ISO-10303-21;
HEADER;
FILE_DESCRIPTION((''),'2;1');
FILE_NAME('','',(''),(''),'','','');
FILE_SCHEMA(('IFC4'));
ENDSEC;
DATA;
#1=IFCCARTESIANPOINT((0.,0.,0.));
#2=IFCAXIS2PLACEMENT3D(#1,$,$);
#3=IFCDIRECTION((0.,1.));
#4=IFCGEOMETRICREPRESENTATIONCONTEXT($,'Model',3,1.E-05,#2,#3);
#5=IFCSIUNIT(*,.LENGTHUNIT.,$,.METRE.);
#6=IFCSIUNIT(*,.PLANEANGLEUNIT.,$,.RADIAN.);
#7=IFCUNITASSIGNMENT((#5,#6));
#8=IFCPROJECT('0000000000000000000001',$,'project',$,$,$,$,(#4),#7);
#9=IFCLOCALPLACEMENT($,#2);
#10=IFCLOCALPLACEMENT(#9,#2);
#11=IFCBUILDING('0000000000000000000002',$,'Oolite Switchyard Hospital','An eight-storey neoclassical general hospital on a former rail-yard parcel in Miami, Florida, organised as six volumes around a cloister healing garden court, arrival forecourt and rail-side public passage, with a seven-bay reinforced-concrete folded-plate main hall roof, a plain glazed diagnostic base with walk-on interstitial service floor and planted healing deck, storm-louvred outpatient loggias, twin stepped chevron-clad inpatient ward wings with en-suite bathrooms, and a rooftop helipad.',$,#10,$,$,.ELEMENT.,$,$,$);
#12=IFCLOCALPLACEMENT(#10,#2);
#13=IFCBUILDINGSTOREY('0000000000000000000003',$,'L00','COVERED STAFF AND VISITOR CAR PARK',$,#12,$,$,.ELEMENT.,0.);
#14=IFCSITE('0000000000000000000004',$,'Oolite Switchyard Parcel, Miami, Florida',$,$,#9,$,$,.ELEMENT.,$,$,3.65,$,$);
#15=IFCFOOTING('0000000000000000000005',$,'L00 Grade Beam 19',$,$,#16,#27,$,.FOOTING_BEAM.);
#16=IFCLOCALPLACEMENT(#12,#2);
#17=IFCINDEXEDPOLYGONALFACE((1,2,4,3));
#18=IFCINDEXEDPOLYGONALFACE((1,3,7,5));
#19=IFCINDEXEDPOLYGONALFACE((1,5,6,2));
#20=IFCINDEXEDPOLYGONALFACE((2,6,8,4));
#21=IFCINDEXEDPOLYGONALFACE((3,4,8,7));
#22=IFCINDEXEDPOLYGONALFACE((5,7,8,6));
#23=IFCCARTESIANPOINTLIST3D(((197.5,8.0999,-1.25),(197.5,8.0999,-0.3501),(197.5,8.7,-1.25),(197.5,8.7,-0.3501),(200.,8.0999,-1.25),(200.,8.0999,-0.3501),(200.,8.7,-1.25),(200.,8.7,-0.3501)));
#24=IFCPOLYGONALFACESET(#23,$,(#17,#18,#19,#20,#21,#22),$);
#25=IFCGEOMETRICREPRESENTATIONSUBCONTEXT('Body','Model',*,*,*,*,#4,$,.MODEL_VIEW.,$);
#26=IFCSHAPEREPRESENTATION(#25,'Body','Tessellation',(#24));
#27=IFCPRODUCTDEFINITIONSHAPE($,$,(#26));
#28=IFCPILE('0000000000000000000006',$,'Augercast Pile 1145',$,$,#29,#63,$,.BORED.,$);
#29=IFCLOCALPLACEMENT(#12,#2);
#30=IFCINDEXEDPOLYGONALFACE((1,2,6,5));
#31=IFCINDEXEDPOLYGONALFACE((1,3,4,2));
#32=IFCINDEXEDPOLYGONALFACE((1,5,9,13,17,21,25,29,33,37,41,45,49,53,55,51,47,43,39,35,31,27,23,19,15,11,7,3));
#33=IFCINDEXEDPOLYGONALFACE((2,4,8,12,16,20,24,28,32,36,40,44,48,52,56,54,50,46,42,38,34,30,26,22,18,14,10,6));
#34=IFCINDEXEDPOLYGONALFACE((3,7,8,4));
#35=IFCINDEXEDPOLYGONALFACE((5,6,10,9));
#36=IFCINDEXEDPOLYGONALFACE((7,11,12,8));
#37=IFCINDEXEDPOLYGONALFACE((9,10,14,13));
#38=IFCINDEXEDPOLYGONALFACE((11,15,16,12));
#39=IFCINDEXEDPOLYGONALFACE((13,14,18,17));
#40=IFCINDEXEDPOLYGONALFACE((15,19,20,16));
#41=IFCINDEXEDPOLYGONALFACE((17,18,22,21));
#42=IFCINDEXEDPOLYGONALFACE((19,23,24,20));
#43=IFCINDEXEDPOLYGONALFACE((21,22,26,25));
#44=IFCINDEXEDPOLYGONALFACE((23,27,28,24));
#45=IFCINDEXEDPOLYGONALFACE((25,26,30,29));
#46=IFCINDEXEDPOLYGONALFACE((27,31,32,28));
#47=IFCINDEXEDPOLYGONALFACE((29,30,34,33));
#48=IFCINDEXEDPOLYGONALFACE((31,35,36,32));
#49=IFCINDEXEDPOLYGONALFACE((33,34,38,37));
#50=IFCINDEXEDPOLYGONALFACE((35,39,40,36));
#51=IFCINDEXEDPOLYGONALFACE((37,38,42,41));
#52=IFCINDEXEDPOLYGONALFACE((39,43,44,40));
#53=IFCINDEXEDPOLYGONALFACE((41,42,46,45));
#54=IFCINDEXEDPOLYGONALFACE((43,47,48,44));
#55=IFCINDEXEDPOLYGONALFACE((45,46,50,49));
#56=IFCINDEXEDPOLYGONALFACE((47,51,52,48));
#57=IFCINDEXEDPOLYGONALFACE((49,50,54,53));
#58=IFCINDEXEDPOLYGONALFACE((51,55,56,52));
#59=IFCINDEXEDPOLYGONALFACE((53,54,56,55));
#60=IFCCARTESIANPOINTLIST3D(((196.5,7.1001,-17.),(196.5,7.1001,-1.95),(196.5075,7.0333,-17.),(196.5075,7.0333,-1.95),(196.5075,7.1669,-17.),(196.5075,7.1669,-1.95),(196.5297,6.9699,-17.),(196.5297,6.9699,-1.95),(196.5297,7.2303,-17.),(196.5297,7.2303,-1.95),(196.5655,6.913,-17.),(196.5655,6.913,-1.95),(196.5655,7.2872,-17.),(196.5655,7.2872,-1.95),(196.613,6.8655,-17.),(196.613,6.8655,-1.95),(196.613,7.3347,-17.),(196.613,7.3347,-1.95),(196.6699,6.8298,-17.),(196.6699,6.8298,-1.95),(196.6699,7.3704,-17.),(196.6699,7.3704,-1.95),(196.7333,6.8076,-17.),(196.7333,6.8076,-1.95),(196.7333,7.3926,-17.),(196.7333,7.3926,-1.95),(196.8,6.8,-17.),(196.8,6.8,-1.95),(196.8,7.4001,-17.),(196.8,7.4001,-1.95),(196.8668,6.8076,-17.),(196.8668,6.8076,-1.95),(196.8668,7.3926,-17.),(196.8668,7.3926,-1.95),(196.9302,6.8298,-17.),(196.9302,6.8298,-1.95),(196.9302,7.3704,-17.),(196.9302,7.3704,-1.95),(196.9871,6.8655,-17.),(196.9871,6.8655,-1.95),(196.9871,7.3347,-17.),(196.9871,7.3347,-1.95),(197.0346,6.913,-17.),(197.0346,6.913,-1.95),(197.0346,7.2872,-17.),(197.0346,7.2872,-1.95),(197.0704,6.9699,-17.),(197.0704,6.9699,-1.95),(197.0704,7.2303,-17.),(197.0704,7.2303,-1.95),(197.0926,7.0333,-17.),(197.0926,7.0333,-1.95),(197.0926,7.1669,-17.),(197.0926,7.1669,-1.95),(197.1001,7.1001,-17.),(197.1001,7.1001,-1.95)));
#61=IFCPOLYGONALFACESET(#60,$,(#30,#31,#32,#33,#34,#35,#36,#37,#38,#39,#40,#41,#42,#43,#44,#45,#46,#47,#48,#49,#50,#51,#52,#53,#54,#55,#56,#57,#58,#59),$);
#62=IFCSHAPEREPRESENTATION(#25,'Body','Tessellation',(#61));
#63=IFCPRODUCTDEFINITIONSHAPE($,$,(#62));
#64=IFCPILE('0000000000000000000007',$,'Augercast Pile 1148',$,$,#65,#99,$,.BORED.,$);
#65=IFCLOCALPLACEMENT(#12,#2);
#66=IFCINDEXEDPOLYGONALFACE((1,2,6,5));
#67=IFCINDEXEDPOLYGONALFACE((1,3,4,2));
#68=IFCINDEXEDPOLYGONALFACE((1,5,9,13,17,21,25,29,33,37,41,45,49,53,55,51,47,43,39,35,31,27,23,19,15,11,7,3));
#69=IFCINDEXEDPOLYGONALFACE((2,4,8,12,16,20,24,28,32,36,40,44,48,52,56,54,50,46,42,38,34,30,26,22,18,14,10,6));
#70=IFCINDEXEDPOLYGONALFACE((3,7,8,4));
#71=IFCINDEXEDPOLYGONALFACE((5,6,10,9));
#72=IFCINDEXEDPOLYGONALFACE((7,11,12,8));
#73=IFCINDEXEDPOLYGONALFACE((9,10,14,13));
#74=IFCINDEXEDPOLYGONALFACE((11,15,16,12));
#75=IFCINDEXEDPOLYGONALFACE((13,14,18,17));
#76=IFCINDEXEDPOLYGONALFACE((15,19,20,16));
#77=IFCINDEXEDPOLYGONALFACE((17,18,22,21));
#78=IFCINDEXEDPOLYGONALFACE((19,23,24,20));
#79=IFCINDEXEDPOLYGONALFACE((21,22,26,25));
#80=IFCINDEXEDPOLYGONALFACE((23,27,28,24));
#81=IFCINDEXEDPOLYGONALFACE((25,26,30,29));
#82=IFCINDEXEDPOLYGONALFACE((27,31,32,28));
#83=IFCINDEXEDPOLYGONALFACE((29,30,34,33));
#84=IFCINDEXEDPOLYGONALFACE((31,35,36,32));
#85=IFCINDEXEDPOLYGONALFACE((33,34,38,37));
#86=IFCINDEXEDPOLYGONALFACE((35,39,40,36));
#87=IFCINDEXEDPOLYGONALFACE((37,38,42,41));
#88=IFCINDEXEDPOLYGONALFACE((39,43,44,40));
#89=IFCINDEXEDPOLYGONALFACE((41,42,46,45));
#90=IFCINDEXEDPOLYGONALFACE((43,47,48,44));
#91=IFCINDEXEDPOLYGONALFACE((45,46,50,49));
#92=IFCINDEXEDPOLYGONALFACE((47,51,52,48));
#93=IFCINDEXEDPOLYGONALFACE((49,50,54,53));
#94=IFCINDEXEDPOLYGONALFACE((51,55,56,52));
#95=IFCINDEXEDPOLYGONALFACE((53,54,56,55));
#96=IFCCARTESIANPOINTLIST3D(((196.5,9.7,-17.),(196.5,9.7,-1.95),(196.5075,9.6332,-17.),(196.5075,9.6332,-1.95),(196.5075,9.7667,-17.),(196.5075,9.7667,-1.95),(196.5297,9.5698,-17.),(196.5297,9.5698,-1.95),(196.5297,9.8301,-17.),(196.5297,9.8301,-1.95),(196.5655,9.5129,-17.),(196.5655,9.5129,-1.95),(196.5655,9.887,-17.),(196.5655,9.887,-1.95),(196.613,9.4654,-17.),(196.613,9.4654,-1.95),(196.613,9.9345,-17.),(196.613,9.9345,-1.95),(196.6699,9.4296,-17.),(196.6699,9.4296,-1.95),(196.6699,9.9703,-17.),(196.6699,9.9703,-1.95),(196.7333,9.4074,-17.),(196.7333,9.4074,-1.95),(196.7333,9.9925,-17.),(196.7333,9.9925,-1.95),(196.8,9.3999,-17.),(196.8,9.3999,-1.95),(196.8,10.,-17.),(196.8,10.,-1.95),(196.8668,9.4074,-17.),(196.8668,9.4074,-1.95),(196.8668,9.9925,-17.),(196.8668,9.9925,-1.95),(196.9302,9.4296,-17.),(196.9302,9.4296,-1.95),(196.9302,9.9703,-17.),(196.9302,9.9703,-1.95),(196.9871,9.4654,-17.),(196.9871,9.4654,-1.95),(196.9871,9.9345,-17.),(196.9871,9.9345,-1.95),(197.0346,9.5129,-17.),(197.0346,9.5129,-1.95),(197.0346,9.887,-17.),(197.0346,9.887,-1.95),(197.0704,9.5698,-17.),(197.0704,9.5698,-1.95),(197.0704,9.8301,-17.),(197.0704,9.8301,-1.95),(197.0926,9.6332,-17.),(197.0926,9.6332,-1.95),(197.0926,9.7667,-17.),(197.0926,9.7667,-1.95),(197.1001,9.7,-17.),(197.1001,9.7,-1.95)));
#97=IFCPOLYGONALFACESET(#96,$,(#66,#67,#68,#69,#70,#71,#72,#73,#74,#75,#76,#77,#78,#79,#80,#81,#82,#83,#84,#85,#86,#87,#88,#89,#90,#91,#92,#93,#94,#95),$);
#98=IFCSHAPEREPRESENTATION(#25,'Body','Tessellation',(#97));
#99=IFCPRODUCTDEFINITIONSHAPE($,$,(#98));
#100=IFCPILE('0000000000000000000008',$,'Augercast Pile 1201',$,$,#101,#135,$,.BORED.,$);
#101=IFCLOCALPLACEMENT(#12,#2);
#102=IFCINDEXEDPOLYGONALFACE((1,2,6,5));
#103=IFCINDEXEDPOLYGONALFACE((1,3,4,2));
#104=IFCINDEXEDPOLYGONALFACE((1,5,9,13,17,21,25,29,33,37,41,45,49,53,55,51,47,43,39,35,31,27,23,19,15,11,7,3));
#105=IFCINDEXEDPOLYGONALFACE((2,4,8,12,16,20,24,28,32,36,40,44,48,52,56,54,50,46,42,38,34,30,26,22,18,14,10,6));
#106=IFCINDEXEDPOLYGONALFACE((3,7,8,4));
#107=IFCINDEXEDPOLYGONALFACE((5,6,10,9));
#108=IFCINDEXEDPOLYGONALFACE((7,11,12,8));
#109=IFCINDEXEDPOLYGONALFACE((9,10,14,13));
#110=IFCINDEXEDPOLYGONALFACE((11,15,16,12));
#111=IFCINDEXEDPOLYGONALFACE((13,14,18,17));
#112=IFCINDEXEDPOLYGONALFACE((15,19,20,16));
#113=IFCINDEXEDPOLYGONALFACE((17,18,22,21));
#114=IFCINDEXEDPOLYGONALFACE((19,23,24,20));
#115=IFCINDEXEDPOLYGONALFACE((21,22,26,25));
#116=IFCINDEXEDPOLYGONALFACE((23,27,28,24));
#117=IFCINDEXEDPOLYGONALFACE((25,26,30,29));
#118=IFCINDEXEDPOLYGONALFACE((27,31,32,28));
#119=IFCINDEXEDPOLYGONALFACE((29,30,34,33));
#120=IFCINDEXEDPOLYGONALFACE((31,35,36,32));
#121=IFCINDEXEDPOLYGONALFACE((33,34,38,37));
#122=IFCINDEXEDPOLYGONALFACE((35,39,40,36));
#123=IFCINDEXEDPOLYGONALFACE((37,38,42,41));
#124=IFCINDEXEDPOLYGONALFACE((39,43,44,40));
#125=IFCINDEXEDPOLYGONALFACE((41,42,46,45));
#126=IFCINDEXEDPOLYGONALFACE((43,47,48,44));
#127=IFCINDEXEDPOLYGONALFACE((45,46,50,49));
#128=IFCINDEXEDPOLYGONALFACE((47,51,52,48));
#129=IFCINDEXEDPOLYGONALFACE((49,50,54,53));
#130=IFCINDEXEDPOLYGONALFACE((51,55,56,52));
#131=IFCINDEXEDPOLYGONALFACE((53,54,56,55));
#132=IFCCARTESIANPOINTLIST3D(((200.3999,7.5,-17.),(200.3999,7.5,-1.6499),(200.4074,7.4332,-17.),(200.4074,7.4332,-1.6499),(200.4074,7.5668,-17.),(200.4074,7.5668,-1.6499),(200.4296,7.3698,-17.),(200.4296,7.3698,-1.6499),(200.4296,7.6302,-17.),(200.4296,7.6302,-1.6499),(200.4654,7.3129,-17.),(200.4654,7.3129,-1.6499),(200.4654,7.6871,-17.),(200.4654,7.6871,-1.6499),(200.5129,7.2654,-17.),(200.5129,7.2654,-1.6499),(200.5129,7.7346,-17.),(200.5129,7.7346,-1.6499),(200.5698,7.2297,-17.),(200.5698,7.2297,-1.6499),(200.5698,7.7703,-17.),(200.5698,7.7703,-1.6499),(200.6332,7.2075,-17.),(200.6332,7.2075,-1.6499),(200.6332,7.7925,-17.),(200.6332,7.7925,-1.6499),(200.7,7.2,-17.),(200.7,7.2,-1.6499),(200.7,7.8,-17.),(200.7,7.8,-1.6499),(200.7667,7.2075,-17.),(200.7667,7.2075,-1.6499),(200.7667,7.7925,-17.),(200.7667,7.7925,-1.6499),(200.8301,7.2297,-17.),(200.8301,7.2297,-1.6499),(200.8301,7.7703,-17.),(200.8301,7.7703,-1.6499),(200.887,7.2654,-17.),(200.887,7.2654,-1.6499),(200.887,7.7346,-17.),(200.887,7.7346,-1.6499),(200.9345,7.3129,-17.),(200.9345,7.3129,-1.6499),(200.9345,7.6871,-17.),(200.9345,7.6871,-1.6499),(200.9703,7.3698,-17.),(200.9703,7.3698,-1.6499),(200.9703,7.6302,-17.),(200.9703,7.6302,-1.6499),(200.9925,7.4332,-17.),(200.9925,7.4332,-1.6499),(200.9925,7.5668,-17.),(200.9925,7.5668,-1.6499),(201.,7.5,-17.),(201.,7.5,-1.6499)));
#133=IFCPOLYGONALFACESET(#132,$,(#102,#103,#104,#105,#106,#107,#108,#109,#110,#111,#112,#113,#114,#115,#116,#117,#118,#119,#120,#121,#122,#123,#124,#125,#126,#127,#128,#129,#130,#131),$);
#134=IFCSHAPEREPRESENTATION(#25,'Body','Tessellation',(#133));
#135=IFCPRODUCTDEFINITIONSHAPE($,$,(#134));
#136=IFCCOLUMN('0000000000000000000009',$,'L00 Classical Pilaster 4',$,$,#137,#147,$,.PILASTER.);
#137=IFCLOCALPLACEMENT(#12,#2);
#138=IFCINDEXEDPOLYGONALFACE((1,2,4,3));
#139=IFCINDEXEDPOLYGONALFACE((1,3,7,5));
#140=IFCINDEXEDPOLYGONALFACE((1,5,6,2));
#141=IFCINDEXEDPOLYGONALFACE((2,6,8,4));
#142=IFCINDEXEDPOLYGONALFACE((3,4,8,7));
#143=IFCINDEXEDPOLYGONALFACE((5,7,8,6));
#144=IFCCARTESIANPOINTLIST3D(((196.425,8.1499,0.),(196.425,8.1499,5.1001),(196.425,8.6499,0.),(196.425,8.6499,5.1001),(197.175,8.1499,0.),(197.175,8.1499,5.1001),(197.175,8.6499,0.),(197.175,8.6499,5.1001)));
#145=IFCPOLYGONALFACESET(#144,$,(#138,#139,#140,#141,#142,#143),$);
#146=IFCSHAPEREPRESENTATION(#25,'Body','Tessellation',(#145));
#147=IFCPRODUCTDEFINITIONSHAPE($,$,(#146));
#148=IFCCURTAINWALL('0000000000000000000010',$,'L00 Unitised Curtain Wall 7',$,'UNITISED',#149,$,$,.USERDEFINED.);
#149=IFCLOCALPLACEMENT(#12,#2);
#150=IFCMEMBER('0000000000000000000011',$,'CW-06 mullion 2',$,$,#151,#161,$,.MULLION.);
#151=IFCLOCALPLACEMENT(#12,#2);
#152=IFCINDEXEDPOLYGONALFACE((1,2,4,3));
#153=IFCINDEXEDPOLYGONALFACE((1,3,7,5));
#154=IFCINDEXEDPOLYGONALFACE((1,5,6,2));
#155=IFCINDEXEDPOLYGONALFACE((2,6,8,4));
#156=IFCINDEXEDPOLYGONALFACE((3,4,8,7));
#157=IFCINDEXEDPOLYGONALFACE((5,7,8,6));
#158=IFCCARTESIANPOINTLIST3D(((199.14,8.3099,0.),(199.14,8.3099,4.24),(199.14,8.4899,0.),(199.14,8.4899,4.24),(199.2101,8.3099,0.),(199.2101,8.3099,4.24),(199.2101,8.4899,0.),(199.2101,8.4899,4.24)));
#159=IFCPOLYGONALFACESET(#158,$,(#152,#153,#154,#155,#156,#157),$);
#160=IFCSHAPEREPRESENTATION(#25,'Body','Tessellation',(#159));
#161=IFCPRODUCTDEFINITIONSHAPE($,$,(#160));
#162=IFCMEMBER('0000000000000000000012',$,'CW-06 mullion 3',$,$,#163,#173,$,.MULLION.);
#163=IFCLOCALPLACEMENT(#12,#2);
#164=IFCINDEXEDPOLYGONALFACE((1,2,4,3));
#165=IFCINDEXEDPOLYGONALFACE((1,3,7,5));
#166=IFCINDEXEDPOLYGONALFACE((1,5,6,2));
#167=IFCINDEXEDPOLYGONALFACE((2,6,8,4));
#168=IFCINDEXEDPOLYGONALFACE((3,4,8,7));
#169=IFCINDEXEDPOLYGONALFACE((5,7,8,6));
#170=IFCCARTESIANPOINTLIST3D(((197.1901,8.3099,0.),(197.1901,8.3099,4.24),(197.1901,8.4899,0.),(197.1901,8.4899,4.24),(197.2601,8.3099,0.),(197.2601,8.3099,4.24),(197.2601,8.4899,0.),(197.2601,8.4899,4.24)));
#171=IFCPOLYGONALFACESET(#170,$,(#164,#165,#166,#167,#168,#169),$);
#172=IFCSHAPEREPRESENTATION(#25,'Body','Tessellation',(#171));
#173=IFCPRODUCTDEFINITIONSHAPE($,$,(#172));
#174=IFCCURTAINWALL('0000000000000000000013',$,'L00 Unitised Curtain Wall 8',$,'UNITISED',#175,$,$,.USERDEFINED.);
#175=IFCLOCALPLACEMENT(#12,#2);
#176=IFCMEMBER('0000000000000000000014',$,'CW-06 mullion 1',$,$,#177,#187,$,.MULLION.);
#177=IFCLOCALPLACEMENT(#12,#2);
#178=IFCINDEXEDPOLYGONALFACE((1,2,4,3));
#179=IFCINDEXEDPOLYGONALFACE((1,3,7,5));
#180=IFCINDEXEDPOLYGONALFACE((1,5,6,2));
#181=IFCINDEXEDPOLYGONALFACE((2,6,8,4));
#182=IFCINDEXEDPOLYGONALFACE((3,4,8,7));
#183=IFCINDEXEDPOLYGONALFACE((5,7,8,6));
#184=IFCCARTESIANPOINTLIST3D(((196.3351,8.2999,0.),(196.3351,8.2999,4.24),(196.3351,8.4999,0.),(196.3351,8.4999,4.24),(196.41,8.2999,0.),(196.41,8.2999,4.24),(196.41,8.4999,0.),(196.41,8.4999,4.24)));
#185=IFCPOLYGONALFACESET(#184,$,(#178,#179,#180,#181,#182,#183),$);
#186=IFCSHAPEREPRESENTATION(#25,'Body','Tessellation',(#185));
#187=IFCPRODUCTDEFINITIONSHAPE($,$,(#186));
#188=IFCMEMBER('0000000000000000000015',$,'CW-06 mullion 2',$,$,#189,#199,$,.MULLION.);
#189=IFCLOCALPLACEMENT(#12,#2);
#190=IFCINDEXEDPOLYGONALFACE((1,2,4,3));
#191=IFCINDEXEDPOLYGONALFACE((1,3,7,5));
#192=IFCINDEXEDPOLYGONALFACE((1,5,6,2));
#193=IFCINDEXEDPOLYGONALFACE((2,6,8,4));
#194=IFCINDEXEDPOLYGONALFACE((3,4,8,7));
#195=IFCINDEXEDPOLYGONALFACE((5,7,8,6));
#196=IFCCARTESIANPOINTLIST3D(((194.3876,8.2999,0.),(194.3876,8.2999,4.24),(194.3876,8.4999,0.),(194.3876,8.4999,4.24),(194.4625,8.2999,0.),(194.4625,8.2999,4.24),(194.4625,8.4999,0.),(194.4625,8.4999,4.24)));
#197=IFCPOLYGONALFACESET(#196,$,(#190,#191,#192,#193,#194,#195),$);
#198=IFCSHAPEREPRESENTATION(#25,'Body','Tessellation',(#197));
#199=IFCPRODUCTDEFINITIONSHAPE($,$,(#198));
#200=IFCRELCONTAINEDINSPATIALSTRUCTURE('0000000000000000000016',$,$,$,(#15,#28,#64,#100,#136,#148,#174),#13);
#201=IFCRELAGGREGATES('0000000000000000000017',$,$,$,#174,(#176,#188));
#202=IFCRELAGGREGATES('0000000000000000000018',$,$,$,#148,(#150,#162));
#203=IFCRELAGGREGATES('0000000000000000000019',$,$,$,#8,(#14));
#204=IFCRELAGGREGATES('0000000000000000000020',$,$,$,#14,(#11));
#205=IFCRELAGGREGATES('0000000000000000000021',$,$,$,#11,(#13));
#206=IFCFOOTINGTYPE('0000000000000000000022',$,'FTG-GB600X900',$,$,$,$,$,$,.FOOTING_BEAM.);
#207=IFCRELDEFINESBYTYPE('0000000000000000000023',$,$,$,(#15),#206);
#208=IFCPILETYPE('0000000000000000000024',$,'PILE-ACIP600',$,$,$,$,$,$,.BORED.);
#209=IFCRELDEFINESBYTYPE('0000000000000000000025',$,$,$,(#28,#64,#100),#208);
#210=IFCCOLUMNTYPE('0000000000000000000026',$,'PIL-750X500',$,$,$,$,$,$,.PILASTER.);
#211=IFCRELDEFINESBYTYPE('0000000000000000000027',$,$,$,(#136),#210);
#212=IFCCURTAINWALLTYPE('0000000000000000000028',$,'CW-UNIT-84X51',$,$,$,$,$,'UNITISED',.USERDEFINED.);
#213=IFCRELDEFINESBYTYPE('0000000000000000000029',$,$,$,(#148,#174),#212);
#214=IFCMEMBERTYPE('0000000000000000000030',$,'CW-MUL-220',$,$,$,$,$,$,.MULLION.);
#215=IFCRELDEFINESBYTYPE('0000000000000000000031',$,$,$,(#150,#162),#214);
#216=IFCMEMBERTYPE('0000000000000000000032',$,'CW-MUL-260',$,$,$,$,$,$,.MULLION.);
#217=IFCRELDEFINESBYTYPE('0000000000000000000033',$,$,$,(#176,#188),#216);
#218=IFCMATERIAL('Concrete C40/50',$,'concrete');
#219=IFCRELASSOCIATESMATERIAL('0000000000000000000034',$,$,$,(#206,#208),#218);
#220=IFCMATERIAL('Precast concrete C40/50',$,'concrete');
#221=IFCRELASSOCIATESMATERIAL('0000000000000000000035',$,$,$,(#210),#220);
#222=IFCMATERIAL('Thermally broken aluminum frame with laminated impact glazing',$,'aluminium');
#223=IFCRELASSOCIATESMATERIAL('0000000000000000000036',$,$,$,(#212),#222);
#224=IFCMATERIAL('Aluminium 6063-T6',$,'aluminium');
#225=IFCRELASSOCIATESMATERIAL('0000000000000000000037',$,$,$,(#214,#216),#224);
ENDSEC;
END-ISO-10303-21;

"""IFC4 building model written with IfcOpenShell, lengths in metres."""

from ifc_helpers import new_model, si_unit, direction, frame, origin, origin_2d, place, context, subcontext, project, spatial, rectangle, circle, extrude, material, material_profile, profile_set, type_object, element, aggregate, save


model = new_model("IFC4")

# Units and contexts
model_context = context("Model", 3, precision=1e-05, world=origin(), true_north=direction((0.0, 1.0)))
body_context = subcontext(model_context, "Body", "Model", "MODEL_VIEW")
ifc_project = project(units=[si_unit("LENGTHUNIT", "METRE"), si_unit("PLANEANGLEUNIT", "RADIAN")], contexts=[model_context])

# Site, building, storey
site_placement = place(None, origin())
site = spatial("IfcSite", under=ifc_project, at=site_placement, Name="Oolite Switchyard Parcel, Miami, Florida", CompositionType="ELEMENT", RefElevation=3.65)
building_placement = place(site_placement, origin())
building = spatial("IfcBuilding", under=site, at=building_placement, Name="Oolite Switchyard Hospital", Description="An eight-storey neoclassical general hospital on a former rail-yard parcel in Miami, Florida, organised as six volumes around a cloister healing garden court, arrival forecourt and rail-side public passage, with a seven-bay reinforced-concrete folded-plate main hall roof, a plain glazed diagnostic base with walk-on interstitial service floor and planted healing deck, storm-louvred outpatient loggias, twin stepped chevron-clad inpatient ward wings with en-suite bathrooms, and a rooftop helipad.", CompositionType="ELEMENT")
storey_placement = place(building_placement, origin())
storey = spatial("IfcBuildingStorey", under=building, at=storey_placement, Name="L00", Description="COVERED STAFF AND VISITOR CAR PARK", CompositionType="ELEMENT", Elevation=0.0)

# Footing
ifc_material_1 = material(Name="Concrete C40/50", Category="concrete")
footing_type = type_object("IfcFootingType", Name="FTG-GB600X900", PredefinedType="FOOTING_BEAM", material=ifc_material_1)
footing_placement = place(storey_placement, frame((198.75, 8.3999, -1.25), z_axis=(0.0, 0.0, 1.0), x_axis=(1.0, 0.0, 0.0)))
element("IfcFooting", 1, at=footing_placement, inside=storey, type_object=footing_type, Name="L00 Grade Beam 19", PredefinedType="FOOTING_BEAM", context=body_context, shape_type="SweptSolid", body=[
    extrude(rectangle(XDim=2.5, YDim=0.6001, at=origin_2d()), origin(), (0.0, 0.0, 1.0), 0.8999),
])

# Piles
ifc_material_profile_1 = material_profile(ifc_material_1, circle(Radius=0.3, at=origin_2d()), Name="PILE600")
ifc_profile_set_1 = profile_set([ifc_material_profile_1], Name="Concrete C40/50")
pile_type = type_object("IfcPileType", Name="PILE-ACIP600", PredefinedType="BORED", material=ifc_profile_set_1)
for number, where, z_axis, x_axis, name in (
    (2, (196.8, 7.1001, -1.95), (0.0, 0.0, -1.0), (1.0, 0.0, 0.0), "Augercast Pile 1145"),
    (3, (196.8, 9.7, -1.95), (0.0, 0.0, -1.0), (1.0, 0.0, 0.0), "Augercast Pile 1148"),
):
    element("IfcPile", number, at=place(storey_placement, frame(where, z_axis=z_axis, x_axis=x_axis)), inside=storey, type_object=pile_type, Name=name, PredefinedType="BORED", context=body_context, shape_type="SweptSolid", body=[
        extrude(circle(Radius=0.3, at=origin_2d()), origin(), (0.0, 0.0, 1.0), 15.05),
    ])
pile_placement = place(storey_placement, frame((200.7, 7.5, -1.6499), z_axis=(0.0, 0.0, -1.0), x_axis=(1.0, 0.0, 0.0)))
element("IfcPile", 4, at=pile_placement, inside=storey, type_object=pile_type, Name="Augercast Pile 1201", PredefinedType="BORED", context=body_context, shape_type="SweptSolid", body=[
    extrude(circle(Radius=0.3, at=origin_2d()), origin(), (0.0, 0.0, 1.0), 15.3501),
])

# Column
ifc_material_2 = material(Name="Precast concrete C40/50", Category="concrete")
ifc_material_profile_2 = material_profile(ifc_material_2, rectangle(XDim=0.75, YDim=0.5, at=origin_2d()), Name="PIL750X500")
ifc_profile_set_2 = profile_set([ifc_material_profile_2], Name="Precast concrete C40/50")
column_type = type_object("IfcColumnType", Name="PIL-750X500", PredefinedType="PILASTER", material=ifc_profile_set_2)
column_placement = place(storey_placement, frame((196.8, 8.3999, 0.0), z_axis=(0.0, 0.0, 1.0), x_axis=(1.0, 0.0, 0.0)))
element("IfcColumn", 5, at=column_placement, inside=storey, type_object=column_type, Name="L00 Classical Pilaster 4", PredefinedType="PILASTER", context=body_context, shape_type="SweptSolid", body=[
    extrude(rectangle(XDim=0.75, YDim=0.5, at=origin_2d()), origin(), (0.0, 0.0, 1.0), 5.1001),
])

# Curtain walls, members
ifc_material_3 = material(Name="Thermally broken aluminum frame with laminated impact glazing", Category="aluminium")
curtain_wall_type = type_object("IfcCurtainWallType", Name="CW-UNIT-84X51", ElementType="UNITISED", PredefinedType="USERDEFINED", material=ifc_material_3)
curtain_wall_1_placement = place(storey_placement, origin())
curtain_wall_1 = element("IfcCurtainWall", 6, at=curtain_wall_1_placement, inside=storey, type_object=curtain_wall_type, Name="L00 Unitised Curtain Wall 7", ObjectType="UNITISED", PredefinedType="USERDEFINED")
ifc_material_4 = material(Name="Aluminium 6063-T6", Category="aluminium")
ifc_material_profile_3 = material_profile(ifc_material_4, rectangle(XDim=0.1799, YDim=0.0701, at=origin_2d()), Name="CWM70X180")
ifc_profile_set_3 = profile_set([ifc_material_profile_3], Name="Aluminium 6063-T6")
member_type_1 = type_object("IfcMemberType", Name="CW-MUL-220", PredefinedType="MULLION", material=ifc_profile_set_3)
member_1_placement = place(storey_placement, frame((199.175, 8.3999, 0.0), z_axis=(0.0, 0.0, 1.0), x_axis=(0.0, -1.0, 0.0)))
member_1 = element("IfcMember", 7, at=member_1_placement, type_object=member_type_1, Name="CW-06 mullion 2", PredefinedType="MULLION", context=body_context, shape_type="SweptSolid", body=[
    extrude(rectangle(XDim=0.1799, YDim=0.0701, at=origin_2d()), origin(), (0.0, 0.0, 1.0), 4.24),
])
member_2_placement = place(storey_placement, frame((197.2251, 8.3999, 0.0), z_axis=(0.0, 0.0, 1.0), x_axis=(0.0, -1.0, 0.0)))
member_2 = element("IfcMember", 8, at=member_2_placement, type_object=member_type_1, Name="CW-06 mullion 3", PredefinedType="MULLION", context=body_context, shape_type="SweptSolid", body=[
    extrude(rectangle(XDim=0.1799, YDim=0.0701, at=origin_2d()), origin(), (0.0, 0.0, 1.0), 4.24),
])
curtain_wall_2_placement = place(storey_placement, origin())
curtain_wall_2 = element("IfcCurtainWall", 9, at=curtain_wall_2_placement, inside=storey, type_object=curtain_wall_type, Name="L00 Unitised Curtain Wall 8", ObjectType="UNITISED", PredefinedType="USERDEFINED")
ifc_material_profile_4 = material_profile(ifc_material_4, rectangle(XDim=0.2, YDim=0.075, at=origin_2d()), Name="CWM75X200")
ifc_profile_set_4 = profile_set([ifc_material_profile_4], Name="Aluminium 6063-T6")
member_type_2 = type_object("IfcMemberType", Name="CW-MUL-260", PredefinedType="MULLION", material=ifc_profile_set_4)
member_3_placement = place(storey_placement, frame((196.3726, 8.3999, 0.0), z_axis=(0.0, 0.0, 1.0), x_axis=(0.0, -1.0, 0.0)))
member_3 = element("IfcMember", 10, at=member_3_placement, type_object=member_type_2, Name="CW-06 mullion 1", PredefinedType="MULLION", context=body_context, shape_type="SweptSolid", body=[
    extrude(rectangle(XDim=0.2, YDim=0.075, at=origin_2d()), origin(), (0.0, 0.0, 1.0), 4.24),
])
member_4_placement = place(storey_placement, frame((194.425, 8.3999, 0.0), z_axis=(0.0, 0.0, 1.0), x_axis=(0.0, -1.0, 0.0)))
member_4 = element("IfcMember", 11, at=member_4_placement, type_object=member_type_2, Name="CW-06 mullion 2", PredefinedType="MULLION", context=body_context, shape_type="SweptSolid", body=[
    extrude(rectangle(XDim=0.2, YDim=0.075, at=origin_2d()), origin(), (0.0, 0.0, 1.0), 4.24),
])

aggregate(curtain_wall_2, [member_3, member_4])
aggregate(curtain_wall_1, [member_1, member_2])

save(model, "model.ifc")
